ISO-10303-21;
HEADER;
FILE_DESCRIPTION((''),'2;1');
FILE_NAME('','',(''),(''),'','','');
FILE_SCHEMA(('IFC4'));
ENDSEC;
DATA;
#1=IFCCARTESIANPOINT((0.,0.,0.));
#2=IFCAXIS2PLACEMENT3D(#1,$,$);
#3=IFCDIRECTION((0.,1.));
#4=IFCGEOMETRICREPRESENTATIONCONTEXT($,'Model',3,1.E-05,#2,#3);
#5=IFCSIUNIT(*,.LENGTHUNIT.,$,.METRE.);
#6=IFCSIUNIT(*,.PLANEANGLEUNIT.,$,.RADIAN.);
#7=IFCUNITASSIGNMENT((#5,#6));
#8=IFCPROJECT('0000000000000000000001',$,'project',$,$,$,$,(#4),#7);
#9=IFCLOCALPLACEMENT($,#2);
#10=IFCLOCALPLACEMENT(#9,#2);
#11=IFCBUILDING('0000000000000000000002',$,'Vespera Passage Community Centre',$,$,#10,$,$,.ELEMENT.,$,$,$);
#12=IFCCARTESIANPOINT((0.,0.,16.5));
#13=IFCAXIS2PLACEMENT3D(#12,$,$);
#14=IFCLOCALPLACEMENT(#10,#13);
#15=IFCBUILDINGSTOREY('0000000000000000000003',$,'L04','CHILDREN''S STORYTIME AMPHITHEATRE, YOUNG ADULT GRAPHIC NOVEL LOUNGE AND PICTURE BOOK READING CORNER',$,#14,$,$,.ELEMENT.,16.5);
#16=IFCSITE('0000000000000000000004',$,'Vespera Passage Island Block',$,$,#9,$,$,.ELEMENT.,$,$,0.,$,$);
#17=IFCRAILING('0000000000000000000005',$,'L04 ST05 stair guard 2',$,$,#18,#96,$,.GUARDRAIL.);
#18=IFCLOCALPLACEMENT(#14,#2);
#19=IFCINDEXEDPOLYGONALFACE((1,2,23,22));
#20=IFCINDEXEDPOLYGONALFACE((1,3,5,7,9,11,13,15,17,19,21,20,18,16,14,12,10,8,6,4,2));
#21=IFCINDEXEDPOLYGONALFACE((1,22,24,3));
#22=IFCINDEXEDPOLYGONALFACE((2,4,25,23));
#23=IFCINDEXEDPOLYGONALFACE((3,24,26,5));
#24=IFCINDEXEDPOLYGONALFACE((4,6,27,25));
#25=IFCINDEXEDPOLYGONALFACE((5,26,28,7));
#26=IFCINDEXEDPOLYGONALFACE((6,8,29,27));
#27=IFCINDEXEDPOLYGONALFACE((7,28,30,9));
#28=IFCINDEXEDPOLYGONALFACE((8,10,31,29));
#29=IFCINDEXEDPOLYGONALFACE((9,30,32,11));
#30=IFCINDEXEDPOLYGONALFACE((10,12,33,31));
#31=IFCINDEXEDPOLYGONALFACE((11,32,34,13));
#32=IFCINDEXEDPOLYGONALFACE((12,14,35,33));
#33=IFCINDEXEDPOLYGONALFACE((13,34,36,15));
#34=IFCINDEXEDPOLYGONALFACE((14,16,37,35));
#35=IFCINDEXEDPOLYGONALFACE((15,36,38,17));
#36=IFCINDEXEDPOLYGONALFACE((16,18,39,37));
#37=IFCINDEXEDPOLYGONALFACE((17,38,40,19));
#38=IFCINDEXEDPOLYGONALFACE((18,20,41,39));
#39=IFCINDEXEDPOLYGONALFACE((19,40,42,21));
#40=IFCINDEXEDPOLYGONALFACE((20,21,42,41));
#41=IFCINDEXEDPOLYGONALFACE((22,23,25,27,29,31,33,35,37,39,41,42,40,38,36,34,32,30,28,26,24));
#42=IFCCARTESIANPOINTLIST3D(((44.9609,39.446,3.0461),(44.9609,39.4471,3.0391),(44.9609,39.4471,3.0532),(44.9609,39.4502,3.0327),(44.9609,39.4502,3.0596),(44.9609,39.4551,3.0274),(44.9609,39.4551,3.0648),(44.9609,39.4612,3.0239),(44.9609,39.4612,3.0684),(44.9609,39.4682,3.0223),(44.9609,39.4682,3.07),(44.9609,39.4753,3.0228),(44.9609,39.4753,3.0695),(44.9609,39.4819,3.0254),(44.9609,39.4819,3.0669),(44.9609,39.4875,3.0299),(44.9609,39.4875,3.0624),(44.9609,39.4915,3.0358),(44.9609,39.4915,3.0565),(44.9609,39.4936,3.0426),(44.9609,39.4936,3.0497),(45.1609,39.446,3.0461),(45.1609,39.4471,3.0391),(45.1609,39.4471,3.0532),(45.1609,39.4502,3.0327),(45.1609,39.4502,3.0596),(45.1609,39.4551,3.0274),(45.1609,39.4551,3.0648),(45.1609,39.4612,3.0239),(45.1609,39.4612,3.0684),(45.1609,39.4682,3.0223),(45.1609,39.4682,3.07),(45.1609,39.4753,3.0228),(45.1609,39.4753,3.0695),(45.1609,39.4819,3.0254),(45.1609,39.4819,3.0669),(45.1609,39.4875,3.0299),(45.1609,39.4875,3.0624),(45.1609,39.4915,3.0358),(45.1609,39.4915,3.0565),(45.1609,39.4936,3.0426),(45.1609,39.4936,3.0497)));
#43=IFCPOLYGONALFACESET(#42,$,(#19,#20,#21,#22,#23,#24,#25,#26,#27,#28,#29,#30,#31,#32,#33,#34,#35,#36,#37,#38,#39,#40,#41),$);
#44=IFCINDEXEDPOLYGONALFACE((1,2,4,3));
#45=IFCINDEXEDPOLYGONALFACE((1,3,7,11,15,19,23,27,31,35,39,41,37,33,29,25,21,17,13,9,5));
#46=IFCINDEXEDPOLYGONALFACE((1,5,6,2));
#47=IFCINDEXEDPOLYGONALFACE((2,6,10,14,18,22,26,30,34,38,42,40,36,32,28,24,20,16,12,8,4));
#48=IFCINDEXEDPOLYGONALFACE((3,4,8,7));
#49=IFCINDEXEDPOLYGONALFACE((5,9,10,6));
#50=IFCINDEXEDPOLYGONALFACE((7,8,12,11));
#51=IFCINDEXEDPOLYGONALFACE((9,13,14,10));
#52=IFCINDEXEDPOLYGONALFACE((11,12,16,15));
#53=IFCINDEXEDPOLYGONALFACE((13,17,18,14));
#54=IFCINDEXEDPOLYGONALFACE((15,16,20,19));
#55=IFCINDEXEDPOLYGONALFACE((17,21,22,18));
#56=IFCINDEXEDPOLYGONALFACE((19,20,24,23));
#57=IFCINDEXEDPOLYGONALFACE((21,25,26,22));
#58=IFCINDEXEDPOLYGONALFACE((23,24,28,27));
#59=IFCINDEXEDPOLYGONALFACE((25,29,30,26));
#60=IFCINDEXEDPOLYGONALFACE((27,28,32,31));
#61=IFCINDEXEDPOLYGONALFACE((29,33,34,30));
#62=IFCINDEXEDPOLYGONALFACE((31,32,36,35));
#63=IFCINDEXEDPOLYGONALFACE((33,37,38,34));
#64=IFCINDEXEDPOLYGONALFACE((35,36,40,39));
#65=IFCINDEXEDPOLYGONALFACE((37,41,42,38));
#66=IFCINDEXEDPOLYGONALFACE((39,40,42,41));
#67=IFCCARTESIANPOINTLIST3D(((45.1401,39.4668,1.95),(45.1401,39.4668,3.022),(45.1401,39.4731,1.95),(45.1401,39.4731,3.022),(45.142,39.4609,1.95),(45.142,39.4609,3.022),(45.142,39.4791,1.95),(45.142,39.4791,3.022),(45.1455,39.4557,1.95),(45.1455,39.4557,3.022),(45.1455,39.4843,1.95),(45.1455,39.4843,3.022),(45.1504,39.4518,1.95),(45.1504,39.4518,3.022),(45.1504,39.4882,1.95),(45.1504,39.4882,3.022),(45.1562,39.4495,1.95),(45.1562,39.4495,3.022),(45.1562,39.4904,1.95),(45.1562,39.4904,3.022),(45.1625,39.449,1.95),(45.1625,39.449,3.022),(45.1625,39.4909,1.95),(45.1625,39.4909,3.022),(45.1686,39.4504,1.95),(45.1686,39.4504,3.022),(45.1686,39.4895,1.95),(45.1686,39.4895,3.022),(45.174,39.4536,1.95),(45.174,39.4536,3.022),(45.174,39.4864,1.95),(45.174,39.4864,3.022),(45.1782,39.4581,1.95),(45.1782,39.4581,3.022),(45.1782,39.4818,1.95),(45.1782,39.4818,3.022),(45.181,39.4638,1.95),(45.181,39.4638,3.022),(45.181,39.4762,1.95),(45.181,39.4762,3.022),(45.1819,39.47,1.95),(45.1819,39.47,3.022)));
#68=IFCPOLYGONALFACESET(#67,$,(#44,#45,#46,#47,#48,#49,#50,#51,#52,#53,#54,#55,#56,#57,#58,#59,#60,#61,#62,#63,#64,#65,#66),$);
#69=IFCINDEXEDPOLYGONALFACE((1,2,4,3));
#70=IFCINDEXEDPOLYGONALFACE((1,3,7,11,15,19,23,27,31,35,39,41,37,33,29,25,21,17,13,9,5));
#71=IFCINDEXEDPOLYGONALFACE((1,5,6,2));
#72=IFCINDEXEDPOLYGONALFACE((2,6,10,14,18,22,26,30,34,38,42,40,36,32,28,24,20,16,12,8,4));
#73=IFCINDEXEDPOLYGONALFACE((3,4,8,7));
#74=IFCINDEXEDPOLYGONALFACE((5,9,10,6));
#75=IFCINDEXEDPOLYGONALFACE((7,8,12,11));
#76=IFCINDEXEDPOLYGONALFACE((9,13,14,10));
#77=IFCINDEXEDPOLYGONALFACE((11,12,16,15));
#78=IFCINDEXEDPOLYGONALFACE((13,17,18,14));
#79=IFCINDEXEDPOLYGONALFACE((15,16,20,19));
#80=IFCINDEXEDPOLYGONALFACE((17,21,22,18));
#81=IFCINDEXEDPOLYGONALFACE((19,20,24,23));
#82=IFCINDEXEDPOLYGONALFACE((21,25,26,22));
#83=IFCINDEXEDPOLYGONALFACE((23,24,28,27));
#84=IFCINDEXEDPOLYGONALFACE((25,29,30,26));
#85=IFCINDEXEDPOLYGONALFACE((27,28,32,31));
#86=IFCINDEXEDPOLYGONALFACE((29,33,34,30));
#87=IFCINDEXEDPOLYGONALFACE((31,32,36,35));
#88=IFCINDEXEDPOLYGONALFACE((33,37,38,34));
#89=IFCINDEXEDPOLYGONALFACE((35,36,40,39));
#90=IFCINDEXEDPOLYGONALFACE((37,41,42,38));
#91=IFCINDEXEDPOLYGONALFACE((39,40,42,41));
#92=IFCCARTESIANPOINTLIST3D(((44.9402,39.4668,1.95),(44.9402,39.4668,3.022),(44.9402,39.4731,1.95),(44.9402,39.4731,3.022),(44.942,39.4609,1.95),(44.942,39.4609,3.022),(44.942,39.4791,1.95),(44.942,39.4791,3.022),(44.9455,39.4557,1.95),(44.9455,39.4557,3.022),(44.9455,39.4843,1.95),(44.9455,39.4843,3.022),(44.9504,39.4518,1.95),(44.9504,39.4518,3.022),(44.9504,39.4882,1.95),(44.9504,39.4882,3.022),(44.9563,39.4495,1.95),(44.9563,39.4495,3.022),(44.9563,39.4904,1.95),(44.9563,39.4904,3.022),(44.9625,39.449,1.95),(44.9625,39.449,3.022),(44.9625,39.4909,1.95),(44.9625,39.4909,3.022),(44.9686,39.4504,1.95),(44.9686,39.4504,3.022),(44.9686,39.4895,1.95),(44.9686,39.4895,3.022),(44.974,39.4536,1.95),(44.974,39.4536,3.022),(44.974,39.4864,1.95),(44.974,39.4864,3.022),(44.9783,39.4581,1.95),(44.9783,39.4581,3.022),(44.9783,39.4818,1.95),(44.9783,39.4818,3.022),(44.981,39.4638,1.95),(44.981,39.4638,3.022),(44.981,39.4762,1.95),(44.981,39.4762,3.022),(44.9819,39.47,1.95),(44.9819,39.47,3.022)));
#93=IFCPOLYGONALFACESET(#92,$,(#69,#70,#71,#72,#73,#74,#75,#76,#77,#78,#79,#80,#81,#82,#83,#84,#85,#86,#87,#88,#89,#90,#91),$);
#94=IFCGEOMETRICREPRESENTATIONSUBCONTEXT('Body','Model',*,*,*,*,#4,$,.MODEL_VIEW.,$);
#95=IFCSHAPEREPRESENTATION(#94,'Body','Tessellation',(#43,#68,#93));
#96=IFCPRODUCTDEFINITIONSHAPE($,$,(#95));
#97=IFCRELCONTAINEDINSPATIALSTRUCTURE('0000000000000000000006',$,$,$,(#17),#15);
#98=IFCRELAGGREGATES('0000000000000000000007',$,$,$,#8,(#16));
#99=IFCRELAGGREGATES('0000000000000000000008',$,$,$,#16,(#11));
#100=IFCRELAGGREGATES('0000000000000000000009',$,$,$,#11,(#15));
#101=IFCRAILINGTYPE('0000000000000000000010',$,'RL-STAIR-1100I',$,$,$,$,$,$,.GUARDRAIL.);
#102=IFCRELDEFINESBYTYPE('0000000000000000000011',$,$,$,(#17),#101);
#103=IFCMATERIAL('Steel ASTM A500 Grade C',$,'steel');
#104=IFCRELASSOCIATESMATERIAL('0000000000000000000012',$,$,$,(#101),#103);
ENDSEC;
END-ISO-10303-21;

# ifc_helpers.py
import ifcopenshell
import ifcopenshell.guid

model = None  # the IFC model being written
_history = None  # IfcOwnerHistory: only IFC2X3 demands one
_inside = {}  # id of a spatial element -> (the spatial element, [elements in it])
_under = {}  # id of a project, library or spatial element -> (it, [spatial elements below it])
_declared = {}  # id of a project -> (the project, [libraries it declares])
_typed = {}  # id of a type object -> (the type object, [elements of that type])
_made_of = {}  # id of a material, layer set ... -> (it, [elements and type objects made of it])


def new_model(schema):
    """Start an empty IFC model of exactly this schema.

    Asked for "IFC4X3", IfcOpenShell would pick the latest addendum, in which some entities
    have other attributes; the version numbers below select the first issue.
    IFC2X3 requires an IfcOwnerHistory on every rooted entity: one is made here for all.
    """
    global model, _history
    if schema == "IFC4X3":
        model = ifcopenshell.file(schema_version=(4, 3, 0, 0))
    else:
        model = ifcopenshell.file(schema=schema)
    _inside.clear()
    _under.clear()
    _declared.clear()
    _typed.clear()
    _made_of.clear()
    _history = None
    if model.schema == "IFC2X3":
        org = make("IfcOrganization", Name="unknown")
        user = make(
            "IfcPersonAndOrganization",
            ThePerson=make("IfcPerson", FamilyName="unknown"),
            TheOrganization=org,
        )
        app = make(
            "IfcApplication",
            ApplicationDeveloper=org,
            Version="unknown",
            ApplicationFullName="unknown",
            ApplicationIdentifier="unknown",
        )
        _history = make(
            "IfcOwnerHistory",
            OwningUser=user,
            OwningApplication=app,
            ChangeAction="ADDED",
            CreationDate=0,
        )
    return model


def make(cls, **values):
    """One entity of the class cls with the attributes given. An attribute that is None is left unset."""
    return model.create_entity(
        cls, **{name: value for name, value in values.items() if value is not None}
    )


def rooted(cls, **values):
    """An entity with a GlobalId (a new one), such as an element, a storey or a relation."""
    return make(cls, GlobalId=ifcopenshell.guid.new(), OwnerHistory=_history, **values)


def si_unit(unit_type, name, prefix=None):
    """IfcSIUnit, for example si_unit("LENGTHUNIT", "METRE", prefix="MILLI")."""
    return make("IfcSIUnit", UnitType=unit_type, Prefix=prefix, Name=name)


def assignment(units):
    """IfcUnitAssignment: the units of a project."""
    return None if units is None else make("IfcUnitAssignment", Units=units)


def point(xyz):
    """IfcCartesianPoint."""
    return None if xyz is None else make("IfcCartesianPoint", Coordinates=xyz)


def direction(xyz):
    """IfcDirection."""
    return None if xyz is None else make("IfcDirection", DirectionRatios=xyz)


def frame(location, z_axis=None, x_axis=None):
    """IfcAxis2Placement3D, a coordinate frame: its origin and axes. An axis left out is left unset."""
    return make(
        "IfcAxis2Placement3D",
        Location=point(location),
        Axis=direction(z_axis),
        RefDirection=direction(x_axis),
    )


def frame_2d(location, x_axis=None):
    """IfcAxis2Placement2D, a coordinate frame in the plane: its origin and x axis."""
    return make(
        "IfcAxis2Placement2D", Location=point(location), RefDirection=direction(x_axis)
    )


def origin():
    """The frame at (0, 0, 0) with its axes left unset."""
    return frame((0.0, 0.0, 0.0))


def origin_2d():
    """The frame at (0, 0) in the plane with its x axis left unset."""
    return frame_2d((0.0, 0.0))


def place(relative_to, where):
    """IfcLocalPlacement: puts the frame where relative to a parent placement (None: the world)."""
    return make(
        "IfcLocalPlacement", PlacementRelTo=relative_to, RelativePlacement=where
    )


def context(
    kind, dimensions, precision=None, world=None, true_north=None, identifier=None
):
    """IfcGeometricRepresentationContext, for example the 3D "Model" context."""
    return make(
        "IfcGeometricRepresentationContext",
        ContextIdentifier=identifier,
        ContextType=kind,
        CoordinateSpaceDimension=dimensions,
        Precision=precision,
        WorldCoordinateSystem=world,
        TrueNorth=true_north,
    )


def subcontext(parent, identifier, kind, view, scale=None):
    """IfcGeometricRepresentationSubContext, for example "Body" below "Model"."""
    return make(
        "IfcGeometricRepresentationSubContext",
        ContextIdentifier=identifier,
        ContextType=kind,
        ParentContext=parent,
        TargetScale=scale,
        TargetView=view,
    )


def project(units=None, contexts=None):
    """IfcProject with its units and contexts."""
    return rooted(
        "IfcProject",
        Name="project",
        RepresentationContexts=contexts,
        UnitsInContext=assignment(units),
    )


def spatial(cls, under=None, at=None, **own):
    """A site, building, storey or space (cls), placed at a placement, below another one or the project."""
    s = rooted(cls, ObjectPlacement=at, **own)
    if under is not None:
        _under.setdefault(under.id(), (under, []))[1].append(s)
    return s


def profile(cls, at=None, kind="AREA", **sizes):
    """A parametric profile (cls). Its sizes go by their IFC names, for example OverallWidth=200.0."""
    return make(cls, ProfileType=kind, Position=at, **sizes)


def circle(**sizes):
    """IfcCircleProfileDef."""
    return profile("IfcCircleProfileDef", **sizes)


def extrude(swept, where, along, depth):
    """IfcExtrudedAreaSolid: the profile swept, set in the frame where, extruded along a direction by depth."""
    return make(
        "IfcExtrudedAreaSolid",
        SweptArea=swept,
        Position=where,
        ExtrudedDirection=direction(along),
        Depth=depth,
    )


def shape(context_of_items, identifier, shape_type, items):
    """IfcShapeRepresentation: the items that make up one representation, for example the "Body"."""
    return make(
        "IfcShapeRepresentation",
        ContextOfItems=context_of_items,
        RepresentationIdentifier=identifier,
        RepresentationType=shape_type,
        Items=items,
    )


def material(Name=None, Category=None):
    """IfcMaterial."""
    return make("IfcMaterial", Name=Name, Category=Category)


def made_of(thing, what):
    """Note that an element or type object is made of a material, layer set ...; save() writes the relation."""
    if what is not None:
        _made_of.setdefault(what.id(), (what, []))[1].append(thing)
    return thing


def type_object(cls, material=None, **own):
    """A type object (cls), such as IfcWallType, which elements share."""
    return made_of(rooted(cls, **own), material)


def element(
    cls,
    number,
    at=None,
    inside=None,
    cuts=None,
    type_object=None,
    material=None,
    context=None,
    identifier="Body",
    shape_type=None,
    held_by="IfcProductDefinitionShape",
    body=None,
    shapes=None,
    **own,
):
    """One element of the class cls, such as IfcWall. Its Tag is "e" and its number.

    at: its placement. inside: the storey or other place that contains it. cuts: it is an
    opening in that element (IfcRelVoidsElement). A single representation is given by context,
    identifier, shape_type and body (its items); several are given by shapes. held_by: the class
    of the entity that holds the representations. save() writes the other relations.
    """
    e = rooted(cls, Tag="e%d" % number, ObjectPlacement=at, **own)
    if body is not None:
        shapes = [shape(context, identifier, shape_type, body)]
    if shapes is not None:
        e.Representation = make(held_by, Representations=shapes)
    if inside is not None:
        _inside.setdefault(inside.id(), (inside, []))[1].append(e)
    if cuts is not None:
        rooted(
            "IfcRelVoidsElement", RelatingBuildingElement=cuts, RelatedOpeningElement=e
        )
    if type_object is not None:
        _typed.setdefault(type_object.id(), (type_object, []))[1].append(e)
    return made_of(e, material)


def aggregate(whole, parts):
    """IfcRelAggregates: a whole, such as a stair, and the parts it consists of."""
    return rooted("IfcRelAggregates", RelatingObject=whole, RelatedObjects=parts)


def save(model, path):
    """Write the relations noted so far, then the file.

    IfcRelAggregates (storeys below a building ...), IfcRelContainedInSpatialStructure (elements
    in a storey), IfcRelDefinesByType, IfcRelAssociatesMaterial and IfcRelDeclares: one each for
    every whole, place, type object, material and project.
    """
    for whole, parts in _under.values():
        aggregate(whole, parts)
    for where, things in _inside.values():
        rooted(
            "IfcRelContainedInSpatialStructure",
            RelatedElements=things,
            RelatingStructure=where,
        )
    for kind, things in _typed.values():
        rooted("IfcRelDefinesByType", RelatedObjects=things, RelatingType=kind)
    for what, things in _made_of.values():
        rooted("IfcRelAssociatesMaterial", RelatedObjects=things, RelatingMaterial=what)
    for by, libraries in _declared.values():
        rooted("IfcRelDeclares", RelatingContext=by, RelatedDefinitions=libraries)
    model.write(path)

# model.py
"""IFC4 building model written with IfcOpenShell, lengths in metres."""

from ifc_helpers import new_model, si_unit, direction, frame, origin, origin_2d, place, context, subcontext, project, spatial, circle, extrude, material, type_object, element, save


model = new_model("IFC4")

# Units and contexts
model_context = context("Model", 3, precision=1e-05, world=origin(), true_north=direction((0.0, 1.0)))
body_context = subcontext(model_context, "Body", "Model", "MODEL_VIEW")
ifc_project = project(units=[si_unit("LENGTHUNIT", "METRE"), si_unit("PLANEANGLEUNIT", "RADIAN")], contexts=[model_context])

# Site, building, storey
site_placement = place(None, origin())
site = spatial("IfcSite", under=ifc_project, at=site_placement, Name="Vespera Passage Island Block", CompositionType="ELEMENT", RefElevation=0.0)
building_placement = place(site_placement, origin())
building = spatial("IfcBuilding", under=site, at=building_placement, Name="Vespera Passage Community Centre", CompositionType="ELEMENT")
storey_placement = place(building_placement, frame((0.0, 0.0, 16.5)))
storey = spatial("IfcBuildingStorey", under=building, at=storey_placement, Name="L04", Description="CHILDREN'S STORYTIME AMPHITHEATRE, YOUNG ADULT GRAPHIC NOVEL LOUNGE AND PICTURE BOOK READING CORNER", CompositionType="ELEMENT", Elevation=16.5)

# Railing
ifc_material_1 = material(Name="Steel ASTM A500 Grade C", Category="steel")
railing_type_1 = type_object("IfcRailingType", Name="RL-STAIR-1100I", PredefinedType="GUARDRAIL", material=ifc_material_1)
railing_1_placement = place(storey_placement, frame((45.1609, 39.47, 1.95)))
element("IfcRailing", 1, at=railing_1_placement, inside=storey, type_object=railing_type_1, Name="L04 ST05 stair guard 2", PredefinedType="GUARDRAIL", context=body_context, shape_type="SweptSolid", body=[
    extrude(circle(Radius=0.0239, at=origin_2d()), frame((0.0, 0.0, 1.0962), z_axis=(-1.0, 0.0, 0.0), x_axis=(0.0, -1.0, 0.0)), (0.0, 0.0, 1.0), 0.2),
    extrude(circle(Radius=0.021, at=origin_2d()), origin(), (0.0, 0.0, 1.0), 1.072),
    extrude(circle(Radius=0.021, at=origin_2d()), frame((-0.2, 0.0, 0.0)), (0.0, 0.0, 1.0), 1.072),
])

save(model, "model.ifc")
